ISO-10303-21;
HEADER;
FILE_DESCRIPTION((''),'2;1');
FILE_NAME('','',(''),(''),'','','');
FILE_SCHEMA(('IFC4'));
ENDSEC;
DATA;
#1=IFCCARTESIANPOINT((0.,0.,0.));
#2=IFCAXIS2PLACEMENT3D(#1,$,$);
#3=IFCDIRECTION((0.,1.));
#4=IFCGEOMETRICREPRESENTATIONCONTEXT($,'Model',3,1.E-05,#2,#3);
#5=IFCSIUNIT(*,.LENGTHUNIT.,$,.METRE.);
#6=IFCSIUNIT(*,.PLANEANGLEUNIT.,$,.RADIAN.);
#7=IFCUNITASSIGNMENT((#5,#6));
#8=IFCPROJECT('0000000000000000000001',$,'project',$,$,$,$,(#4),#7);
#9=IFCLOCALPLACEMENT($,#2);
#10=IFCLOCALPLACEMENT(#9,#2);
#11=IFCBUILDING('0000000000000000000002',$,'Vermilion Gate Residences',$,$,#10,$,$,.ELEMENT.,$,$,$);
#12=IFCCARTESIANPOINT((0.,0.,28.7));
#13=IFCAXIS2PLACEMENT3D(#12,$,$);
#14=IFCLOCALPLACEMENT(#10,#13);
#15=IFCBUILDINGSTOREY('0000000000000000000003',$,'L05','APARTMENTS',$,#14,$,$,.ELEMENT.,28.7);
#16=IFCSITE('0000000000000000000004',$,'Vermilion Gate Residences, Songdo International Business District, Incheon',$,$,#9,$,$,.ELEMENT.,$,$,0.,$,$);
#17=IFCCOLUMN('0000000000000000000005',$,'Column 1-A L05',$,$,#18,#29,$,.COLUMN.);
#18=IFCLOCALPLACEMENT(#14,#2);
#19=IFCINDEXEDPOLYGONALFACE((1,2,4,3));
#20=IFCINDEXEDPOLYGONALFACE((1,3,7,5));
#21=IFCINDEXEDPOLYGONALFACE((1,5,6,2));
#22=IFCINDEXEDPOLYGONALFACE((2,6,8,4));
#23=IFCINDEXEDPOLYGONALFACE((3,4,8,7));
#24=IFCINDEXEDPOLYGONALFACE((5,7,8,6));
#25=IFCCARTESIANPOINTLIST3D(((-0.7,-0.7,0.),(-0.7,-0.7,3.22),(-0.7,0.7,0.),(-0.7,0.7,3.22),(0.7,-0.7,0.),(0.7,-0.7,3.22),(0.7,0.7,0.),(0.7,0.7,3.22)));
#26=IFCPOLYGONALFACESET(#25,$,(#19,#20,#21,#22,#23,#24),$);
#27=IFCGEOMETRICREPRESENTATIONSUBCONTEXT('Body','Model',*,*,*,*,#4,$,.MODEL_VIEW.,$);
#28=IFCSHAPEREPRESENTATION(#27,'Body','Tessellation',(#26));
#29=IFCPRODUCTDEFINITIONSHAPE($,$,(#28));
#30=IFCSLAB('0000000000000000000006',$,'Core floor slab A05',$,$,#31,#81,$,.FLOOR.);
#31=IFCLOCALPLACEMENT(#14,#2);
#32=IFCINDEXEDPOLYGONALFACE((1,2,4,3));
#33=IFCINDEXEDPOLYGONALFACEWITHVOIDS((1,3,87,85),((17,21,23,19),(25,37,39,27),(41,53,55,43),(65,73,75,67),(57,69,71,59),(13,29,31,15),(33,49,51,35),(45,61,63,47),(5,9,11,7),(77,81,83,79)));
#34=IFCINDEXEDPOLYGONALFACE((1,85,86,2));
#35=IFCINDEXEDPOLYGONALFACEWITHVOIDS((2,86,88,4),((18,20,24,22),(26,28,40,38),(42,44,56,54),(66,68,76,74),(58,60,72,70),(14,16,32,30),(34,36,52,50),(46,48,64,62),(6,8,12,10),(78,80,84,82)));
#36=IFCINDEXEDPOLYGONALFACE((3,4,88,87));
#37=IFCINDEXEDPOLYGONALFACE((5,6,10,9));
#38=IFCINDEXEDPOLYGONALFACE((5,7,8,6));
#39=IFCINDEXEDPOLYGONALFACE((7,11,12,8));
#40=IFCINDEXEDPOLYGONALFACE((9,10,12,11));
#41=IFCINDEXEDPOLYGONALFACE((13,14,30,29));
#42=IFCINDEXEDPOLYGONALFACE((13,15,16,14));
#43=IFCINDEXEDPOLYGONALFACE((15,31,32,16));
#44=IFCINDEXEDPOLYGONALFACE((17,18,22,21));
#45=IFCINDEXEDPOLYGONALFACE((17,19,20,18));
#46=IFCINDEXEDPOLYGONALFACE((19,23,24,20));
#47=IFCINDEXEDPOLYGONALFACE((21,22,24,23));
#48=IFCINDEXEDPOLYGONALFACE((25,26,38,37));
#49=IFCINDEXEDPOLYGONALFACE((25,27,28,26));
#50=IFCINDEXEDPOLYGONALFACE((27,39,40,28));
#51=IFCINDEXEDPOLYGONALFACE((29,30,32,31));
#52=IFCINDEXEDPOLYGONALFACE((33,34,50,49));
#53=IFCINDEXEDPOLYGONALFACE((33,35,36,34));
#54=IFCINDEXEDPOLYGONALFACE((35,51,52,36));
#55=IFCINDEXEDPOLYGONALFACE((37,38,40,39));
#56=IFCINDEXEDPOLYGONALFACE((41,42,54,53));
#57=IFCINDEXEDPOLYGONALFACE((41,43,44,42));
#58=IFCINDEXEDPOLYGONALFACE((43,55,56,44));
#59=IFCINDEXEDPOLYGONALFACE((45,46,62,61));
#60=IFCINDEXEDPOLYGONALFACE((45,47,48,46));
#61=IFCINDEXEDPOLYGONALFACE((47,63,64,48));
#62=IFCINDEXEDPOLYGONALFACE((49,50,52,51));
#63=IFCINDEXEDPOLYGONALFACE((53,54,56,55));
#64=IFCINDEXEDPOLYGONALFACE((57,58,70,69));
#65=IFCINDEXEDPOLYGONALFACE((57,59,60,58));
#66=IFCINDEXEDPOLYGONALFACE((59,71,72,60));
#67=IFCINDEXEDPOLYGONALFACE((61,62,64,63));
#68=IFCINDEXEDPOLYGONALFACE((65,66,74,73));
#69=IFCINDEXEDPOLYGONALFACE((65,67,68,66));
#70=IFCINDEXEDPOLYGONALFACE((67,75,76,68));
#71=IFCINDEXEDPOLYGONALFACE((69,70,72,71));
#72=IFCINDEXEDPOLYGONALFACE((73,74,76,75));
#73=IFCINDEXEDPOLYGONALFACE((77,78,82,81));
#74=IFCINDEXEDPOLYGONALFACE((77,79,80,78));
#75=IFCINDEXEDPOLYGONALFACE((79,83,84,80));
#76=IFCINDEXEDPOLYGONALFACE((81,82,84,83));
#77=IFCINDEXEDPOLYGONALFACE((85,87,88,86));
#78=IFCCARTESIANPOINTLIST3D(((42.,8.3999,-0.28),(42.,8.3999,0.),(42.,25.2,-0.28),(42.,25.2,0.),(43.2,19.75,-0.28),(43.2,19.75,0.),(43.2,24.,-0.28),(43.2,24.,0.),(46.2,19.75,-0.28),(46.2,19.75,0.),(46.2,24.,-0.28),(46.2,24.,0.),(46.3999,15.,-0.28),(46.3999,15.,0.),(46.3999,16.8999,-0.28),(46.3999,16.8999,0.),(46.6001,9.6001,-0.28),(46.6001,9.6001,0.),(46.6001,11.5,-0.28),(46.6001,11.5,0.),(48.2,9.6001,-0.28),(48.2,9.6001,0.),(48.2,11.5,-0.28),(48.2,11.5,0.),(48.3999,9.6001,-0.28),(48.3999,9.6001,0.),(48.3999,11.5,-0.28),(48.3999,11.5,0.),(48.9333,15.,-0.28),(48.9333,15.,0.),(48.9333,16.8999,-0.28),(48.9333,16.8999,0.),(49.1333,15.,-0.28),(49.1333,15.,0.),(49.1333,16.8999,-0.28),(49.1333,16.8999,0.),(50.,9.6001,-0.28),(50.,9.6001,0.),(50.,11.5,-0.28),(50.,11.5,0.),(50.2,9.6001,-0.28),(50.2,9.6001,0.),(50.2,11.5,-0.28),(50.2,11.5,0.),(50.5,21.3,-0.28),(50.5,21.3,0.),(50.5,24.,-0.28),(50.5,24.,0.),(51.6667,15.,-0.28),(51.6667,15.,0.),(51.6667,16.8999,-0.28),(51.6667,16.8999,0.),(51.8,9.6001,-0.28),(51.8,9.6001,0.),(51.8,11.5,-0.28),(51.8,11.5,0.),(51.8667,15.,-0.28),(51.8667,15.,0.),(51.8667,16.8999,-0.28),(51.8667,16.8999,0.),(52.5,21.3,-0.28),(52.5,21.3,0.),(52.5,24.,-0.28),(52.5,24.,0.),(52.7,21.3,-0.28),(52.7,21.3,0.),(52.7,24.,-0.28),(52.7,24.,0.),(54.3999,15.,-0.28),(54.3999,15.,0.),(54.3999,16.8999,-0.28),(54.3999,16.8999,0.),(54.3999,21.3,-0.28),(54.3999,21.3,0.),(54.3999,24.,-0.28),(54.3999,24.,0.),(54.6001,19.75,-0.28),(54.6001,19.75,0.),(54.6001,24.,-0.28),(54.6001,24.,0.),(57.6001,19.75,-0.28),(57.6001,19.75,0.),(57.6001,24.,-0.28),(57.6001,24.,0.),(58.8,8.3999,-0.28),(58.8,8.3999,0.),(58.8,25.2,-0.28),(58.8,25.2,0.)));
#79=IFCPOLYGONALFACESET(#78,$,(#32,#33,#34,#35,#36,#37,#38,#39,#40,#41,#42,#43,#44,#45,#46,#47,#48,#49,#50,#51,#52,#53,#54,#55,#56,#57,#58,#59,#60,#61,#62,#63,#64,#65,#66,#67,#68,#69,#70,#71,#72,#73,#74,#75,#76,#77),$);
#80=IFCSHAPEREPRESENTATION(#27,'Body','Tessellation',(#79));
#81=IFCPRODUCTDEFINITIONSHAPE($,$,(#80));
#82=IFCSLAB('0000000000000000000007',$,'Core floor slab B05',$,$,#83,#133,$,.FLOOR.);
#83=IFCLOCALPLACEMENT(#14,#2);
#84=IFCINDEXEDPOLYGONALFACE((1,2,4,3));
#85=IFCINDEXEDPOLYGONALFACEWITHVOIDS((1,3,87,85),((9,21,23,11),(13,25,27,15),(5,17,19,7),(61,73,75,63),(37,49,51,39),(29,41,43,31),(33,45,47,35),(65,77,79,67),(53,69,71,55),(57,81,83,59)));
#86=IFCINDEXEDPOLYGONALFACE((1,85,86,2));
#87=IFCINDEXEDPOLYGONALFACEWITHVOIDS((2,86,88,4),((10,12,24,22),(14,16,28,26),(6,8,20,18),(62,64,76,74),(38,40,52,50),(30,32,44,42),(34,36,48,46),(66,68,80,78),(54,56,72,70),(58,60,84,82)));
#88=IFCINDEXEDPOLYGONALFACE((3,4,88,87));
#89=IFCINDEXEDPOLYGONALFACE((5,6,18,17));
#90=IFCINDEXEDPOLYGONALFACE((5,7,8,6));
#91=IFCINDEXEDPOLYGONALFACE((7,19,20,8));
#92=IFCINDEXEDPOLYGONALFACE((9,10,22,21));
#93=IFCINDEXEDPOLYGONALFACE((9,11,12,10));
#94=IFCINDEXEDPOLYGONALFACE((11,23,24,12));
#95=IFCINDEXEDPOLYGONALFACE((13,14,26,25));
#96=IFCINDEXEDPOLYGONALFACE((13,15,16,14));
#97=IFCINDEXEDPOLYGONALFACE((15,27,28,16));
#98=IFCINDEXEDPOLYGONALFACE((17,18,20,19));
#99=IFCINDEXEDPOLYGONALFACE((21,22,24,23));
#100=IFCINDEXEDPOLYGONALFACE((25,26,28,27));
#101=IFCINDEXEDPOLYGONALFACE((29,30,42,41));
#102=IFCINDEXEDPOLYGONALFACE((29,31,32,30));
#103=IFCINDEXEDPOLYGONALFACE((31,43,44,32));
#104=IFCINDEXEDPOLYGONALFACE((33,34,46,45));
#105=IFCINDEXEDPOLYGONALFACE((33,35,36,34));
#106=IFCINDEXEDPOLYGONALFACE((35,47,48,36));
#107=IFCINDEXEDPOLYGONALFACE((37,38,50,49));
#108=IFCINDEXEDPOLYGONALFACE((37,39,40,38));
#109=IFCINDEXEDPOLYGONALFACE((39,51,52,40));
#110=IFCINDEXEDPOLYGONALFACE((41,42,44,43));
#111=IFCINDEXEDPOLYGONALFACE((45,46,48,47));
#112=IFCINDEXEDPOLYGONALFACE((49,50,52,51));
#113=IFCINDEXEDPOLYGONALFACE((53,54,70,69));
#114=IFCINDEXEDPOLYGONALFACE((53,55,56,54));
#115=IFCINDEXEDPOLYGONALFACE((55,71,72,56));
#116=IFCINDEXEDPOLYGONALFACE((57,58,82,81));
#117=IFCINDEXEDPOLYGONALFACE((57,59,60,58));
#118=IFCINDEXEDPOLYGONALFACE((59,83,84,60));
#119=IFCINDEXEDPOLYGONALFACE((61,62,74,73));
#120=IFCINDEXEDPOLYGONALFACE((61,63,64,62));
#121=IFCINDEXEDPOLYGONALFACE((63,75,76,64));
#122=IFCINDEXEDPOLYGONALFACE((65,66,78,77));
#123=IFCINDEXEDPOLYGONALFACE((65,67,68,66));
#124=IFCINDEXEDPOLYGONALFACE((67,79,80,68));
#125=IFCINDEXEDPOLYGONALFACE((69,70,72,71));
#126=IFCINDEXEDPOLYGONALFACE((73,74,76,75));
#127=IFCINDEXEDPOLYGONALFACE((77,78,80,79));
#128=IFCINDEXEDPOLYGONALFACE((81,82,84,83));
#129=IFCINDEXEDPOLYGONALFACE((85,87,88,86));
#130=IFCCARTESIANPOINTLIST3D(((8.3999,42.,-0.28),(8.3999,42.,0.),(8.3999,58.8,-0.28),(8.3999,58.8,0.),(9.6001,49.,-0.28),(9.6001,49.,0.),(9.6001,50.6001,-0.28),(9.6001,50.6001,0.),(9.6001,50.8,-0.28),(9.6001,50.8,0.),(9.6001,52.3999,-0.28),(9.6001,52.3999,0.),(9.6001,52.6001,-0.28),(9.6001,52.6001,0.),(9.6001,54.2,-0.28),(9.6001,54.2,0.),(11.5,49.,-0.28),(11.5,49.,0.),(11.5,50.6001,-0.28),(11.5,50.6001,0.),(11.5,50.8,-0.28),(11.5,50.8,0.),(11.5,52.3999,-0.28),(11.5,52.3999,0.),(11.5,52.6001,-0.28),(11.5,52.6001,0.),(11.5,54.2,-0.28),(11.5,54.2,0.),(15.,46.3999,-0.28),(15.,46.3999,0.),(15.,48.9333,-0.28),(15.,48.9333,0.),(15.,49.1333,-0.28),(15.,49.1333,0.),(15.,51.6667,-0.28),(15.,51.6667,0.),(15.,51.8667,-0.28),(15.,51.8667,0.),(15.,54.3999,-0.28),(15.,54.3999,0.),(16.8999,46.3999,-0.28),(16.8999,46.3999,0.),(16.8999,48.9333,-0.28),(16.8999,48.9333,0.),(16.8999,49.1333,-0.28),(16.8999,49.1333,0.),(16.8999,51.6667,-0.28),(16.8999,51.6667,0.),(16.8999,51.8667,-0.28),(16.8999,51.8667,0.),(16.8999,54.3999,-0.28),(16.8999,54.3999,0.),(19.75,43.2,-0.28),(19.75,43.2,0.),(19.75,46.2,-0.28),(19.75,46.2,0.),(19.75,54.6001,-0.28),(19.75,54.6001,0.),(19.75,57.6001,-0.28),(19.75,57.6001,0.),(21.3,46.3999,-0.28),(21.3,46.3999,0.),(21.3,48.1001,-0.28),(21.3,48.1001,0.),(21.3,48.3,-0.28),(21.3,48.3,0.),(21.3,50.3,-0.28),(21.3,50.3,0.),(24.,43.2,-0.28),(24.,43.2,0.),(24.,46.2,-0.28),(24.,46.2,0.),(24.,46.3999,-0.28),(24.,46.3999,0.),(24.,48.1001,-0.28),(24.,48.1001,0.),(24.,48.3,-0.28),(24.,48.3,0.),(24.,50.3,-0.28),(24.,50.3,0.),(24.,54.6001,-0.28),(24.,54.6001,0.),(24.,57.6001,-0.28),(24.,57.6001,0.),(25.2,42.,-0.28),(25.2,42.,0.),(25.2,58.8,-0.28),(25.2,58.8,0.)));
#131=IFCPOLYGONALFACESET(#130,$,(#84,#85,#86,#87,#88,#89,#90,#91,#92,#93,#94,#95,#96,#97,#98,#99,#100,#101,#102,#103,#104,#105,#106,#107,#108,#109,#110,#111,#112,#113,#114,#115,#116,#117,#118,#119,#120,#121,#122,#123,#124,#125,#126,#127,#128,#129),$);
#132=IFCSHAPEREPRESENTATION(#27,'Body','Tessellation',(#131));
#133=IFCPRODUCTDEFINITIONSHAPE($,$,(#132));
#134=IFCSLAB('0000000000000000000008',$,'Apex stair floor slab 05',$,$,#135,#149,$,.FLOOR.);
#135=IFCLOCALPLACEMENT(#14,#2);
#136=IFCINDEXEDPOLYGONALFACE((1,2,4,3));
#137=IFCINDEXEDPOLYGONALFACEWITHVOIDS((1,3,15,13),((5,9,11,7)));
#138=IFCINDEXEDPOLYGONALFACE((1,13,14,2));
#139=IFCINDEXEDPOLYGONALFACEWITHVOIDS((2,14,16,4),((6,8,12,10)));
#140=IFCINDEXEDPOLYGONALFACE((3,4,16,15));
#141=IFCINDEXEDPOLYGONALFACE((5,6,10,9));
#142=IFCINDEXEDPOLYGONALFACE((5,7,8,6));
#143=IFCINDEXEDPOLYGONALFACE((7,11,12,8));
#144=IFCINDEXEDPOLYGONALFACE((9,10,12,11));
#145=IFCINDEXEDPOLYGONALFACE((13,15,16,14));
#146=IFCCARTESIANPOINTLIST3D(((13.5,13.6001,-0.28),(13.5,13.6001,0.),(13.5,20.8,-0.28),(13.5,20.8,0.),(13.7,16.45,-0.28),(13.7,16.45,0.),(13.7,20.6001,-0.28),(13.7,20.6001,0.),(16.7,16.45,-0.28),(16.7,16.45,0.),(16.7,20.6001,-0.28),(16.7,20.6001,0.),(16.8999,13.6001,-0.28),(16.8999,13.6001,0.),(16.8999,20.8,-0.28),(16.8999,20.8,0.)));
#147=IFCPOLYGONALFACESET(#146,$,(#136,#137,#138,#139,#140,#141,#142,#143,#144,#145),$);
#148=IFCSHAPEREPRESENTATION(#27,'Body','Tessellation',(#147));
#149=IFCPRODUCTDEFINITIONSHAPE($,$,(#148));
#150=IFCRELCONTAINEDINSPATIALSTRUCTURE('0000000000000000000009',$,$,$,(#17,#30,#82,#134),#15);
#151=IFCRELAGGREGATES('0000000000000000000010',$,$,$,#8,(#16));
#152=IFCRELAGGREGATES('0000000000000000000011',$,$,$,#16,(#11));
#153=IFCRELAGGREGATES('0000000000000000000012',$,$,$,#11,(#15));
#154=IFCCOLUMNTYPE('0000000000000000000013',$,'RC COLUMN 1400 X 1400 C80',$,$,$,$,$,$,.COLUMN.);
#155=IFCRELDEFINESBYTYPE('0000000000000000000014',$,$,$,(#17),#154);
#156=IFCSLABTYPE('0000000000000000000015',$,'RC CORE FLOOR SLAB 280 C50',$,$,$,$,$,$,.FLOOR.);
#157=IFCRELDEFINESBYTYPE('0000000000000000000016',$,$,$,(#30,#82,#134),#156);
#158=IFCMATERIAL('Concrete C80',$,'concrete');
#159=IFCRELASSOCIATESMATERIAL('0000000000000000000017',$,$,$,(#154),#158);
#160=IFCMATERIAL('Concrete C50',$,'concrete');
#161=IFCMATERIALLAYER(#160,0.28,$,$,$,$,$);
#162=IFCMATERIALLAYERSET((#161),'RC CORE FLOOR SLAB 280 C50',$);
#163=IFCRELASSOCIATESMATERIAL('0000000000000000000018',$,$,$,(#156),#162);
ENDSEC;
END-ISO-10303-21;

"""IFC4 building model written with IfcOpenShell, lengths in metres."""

from ifc_helpers import new_model, si_unit, direction, frame, origin, origin_with_axes, origin_2d, place, context, subcontext, project, spatial, polyline, rectangle, outline, extrude, material, layer, layer_set, material_profile, profile_set, type_object, element, save


model = new_model("IFC4")

# Units and contexts
model_context = context("Model", 3, precision=1e-05, world=origin(), true_north=direction((0.0, 1.0)))
body_context = subcontext(model_context, "Body", "Model", "MODEL_VIEW")
ifc_project = project(units=[si_unit("LENGTHUNIT", "METRE"), si_unit("PLANEANGLEUNIT", "RADIAN")], contexts=[model_context])

# Site, building, storey
site_placement = place(None, origin())
site = spatial("IfcSite", under=ifc_project, at=site_placement, Name="Vermilion Gate Residences, Songdo International Business District, Incheon", CompositionType="ELEMENT", RefElevation=0.0)
building_placement = place(site_placement, origin())
building = spatial("IfcBuilding", under=site, at=building_placement, Name="Vermilion Gate Residences", CompositionType="ELEMENT")
storey_placement = place(building_placement, frame((0.0, 0.0, 28.7)))
storey = spatial("IfcBuildingStorey", under=building, at=storey_placement, Name="L05", Description="APARTMENTS", CompositionType="ELEMENT", Elevation=28.7)

# Column
ifc_material_1 = material(Name="Concrete C80", Category="concrete")
ifc_material_profile = material_profile(ifc_material_1, rectangle(XDim=1.3999, YDim=1.3999, at=origin_2d()), Name="RC-1400x1400")
ifc_profile_set = profile_set([ifc_material_profile], Name="Concrete C80")
column_type = type_object("IfcColumnType", Name="RC COLUMN 1400 X 1400 C80", PredefinedType="COLUMN", material=ifc_profile_set)
column_placement = place(storey_placement, origin_with_axes())
element("IfcColumn", 1, at=column_placement, inside=storey, type_object=column_type, Name="Column 1-A L05", PredefinedType="COLUMN", context=body_context, shape_type="SweptSolid", body=[
    extrude(rectangle(XDim=1.3999, YDim=1.3999, at=origin_2d()), origin(), (0.0, 0.0, 1.0), 3.22),
])

# Slabs
ifc_material_2 = material(Name="Concrete C50", Category="concrete")
ifc_layer_1 = layer(ifc_material_2, 0.28)
ifc_layer_set_1 = layer_set([ifc_layer_1], Name="RC CORE FLOOR SLAB 280 C50")
slab_type_1 = type_object("IfcSlabType", Name="RC CORE FLOOR SLAB 280 C50", PredefinedType="FLOOR", material=ifc_layer_set_1)
slab_1_placement = place(storey_placement, frame((0.0, 0.0, -0.28)))
element("IfcSlab", 2, at=slab_1_placement, inside=storey, type_object=slab_type_1, Name="Core floor slab A05", PredefinedType="FLOOR", context=body_context, shape_type="SweptSolid", body=[
    extrude(outline(polyline([(42.0, 8.3999), (58.8, 8.3999), (58.8, 25.2), (42.0, 25.2), (42.0, 8.3999)]), holes=[polyline([(46.6001, 11.5), (48.2, 11.5), (48.2, 9.6001), (46.6001, 9.6001), (46.6001, 11.5)]), polyline([(48.3999, 11.5), (50.0, 11.5), (50.0, 9.6001), (48.3999, 9.6001), (48.3999, 11.5)]), polyline([(50.2, 11.5), (51.8, 11.5), (51.8, 9.6001), (50.2, 9.6001), (50.2, 11.5)]), polyline([(48.9333, 16.8999), (48.9333, 15.0), (46.3999, 15.0), (46.3999, 16.8999), (48.9333, 16.8999)]), polyline([(51.6667, 16.8999), (51.6667, 15.0), (49.1333, 15.0), (49.1333, 16.8999), (51.6667, 16.8999)]), polyline([(51.8667, 16.8999), (54.3999, 16.8999), (54.3999, 15.0), (51.8667, 15.0), (51.8667, 16.8999)]), polyline([(43.2, 24.0), (46.2, 24.0), (46.2, 19.75), (43.2, 19.75), (43.2, 24.0)]), polyline([(54.6001, 24.0), (57.6001, 24.0), (57.6001, 19.75), (54.6001, 19.75), (54.6001, 24.0)]), polyline([(52.5, 24.0), (52.5, 21.3), (50.5, 21.3), (50.5, 24.0), (52.5, 24.0)]), polyline([(54.3999, 24.0), (54.3999, 21.3), (52.7, 21.3), (52.7, 24.0), (54.3999, 24.0)])]), origin(), (0.0, 0.0, 1.0), 0.28),
])
slab_2_placement = place(storey_placement, frame((0.0, 0.0, -0.28)))
element("IfcSlab", 3, at=slab_2_placement, inside=storey, type_object=slab_type_1, Name="Core floor slab B05", PredefinedType="FLOOR", context=body_context, shape_type="SweptSolid", body=[
    extrude(outline(polyline([(8.3999, 42.0), (25.2, 42.0), (25.2, 58.8), (8.3999, 58.8), (8.3999, 42.0)]), holes=[polyline([(19.75, 46.2), (24.0, 46.2), (24.0, 43.2), (19.75, 43.2), (19.75, 46.2)]), polyline([(21.3, 48.1001), (24.0, 48.1001), (24.0, 46.3999), (21.3, 46.3999), (21.3, 48.1001)]), polyline([(15.0, 48.9333), (16.8999, 48.9333), (16.8999, 46.3999), (15.0, 46.3999), (15.0, 48.9333)]), polyline([(24.0, 50.3), (24.0, 48.3), (21.3, 48.3), (21.3, 50.3), (24.0, 50.3)]), polyline([(11.5, 50.6001), (11.5, 49.0), (9.6001, 49.0), (9.6001, 50.6001), (11.5, 50.6001)]), polyline([(15.0, 51.6667), (16.8999, 51.6667), (16.8999, 49.1333), (15.0, 49.1333), (15.0, 51.6667)]), polyline([(9.6001, 52.3999), (11.5, 52.3999), (11.5, 50.8), (9.6001, 50.8), (9.6001, 52.3999)]), polyline([(15.0, 54.3999), (16.8999, 54.3999), (16.8999, 51.8667), (15.0, 51.8667), (15.0, 54.3999)]), polyline([(11.5, 54.2), (11.5, 52.6001), (9.6001, 52.6001), (9.6001, 54.2), (11.5, 54.2)]), polyline([(24.0, 57.6001), (24.0, 54.6001), (19.75, 54.6001), (19.75, 57.6001), (24.0, 57.6001)])]), origin(), (0.0, 0.0, 1.0), 0.28),
])
slab_3_placement = place(storey_placement, frame((0.0, 0.0, -0.28)))
element("IfcSlab", 4, at=slab_3_placement, inside=storey, type_object=slab_type_1, Name="Apex stair floor slab 05", PredefinedType="FLOOR", context=body_context, shape_type="SweptSolid", body=[
    extrude(outline(polyline([(13.5, 13.6001), (16.8999, 13.6001), (16.8999, 20.8), (13.5, 20.8), (13.5, 13.6001)]), holes=[polyline([(16.7, 20.6001), (16.7, 16.45), (13.7, 16.45), (13.7, 20.6001), (16.7, 20.6001)])]), origin(), (0.0, 0.0, 1.0), 0.28),
])

save(model, "model.ifc")
